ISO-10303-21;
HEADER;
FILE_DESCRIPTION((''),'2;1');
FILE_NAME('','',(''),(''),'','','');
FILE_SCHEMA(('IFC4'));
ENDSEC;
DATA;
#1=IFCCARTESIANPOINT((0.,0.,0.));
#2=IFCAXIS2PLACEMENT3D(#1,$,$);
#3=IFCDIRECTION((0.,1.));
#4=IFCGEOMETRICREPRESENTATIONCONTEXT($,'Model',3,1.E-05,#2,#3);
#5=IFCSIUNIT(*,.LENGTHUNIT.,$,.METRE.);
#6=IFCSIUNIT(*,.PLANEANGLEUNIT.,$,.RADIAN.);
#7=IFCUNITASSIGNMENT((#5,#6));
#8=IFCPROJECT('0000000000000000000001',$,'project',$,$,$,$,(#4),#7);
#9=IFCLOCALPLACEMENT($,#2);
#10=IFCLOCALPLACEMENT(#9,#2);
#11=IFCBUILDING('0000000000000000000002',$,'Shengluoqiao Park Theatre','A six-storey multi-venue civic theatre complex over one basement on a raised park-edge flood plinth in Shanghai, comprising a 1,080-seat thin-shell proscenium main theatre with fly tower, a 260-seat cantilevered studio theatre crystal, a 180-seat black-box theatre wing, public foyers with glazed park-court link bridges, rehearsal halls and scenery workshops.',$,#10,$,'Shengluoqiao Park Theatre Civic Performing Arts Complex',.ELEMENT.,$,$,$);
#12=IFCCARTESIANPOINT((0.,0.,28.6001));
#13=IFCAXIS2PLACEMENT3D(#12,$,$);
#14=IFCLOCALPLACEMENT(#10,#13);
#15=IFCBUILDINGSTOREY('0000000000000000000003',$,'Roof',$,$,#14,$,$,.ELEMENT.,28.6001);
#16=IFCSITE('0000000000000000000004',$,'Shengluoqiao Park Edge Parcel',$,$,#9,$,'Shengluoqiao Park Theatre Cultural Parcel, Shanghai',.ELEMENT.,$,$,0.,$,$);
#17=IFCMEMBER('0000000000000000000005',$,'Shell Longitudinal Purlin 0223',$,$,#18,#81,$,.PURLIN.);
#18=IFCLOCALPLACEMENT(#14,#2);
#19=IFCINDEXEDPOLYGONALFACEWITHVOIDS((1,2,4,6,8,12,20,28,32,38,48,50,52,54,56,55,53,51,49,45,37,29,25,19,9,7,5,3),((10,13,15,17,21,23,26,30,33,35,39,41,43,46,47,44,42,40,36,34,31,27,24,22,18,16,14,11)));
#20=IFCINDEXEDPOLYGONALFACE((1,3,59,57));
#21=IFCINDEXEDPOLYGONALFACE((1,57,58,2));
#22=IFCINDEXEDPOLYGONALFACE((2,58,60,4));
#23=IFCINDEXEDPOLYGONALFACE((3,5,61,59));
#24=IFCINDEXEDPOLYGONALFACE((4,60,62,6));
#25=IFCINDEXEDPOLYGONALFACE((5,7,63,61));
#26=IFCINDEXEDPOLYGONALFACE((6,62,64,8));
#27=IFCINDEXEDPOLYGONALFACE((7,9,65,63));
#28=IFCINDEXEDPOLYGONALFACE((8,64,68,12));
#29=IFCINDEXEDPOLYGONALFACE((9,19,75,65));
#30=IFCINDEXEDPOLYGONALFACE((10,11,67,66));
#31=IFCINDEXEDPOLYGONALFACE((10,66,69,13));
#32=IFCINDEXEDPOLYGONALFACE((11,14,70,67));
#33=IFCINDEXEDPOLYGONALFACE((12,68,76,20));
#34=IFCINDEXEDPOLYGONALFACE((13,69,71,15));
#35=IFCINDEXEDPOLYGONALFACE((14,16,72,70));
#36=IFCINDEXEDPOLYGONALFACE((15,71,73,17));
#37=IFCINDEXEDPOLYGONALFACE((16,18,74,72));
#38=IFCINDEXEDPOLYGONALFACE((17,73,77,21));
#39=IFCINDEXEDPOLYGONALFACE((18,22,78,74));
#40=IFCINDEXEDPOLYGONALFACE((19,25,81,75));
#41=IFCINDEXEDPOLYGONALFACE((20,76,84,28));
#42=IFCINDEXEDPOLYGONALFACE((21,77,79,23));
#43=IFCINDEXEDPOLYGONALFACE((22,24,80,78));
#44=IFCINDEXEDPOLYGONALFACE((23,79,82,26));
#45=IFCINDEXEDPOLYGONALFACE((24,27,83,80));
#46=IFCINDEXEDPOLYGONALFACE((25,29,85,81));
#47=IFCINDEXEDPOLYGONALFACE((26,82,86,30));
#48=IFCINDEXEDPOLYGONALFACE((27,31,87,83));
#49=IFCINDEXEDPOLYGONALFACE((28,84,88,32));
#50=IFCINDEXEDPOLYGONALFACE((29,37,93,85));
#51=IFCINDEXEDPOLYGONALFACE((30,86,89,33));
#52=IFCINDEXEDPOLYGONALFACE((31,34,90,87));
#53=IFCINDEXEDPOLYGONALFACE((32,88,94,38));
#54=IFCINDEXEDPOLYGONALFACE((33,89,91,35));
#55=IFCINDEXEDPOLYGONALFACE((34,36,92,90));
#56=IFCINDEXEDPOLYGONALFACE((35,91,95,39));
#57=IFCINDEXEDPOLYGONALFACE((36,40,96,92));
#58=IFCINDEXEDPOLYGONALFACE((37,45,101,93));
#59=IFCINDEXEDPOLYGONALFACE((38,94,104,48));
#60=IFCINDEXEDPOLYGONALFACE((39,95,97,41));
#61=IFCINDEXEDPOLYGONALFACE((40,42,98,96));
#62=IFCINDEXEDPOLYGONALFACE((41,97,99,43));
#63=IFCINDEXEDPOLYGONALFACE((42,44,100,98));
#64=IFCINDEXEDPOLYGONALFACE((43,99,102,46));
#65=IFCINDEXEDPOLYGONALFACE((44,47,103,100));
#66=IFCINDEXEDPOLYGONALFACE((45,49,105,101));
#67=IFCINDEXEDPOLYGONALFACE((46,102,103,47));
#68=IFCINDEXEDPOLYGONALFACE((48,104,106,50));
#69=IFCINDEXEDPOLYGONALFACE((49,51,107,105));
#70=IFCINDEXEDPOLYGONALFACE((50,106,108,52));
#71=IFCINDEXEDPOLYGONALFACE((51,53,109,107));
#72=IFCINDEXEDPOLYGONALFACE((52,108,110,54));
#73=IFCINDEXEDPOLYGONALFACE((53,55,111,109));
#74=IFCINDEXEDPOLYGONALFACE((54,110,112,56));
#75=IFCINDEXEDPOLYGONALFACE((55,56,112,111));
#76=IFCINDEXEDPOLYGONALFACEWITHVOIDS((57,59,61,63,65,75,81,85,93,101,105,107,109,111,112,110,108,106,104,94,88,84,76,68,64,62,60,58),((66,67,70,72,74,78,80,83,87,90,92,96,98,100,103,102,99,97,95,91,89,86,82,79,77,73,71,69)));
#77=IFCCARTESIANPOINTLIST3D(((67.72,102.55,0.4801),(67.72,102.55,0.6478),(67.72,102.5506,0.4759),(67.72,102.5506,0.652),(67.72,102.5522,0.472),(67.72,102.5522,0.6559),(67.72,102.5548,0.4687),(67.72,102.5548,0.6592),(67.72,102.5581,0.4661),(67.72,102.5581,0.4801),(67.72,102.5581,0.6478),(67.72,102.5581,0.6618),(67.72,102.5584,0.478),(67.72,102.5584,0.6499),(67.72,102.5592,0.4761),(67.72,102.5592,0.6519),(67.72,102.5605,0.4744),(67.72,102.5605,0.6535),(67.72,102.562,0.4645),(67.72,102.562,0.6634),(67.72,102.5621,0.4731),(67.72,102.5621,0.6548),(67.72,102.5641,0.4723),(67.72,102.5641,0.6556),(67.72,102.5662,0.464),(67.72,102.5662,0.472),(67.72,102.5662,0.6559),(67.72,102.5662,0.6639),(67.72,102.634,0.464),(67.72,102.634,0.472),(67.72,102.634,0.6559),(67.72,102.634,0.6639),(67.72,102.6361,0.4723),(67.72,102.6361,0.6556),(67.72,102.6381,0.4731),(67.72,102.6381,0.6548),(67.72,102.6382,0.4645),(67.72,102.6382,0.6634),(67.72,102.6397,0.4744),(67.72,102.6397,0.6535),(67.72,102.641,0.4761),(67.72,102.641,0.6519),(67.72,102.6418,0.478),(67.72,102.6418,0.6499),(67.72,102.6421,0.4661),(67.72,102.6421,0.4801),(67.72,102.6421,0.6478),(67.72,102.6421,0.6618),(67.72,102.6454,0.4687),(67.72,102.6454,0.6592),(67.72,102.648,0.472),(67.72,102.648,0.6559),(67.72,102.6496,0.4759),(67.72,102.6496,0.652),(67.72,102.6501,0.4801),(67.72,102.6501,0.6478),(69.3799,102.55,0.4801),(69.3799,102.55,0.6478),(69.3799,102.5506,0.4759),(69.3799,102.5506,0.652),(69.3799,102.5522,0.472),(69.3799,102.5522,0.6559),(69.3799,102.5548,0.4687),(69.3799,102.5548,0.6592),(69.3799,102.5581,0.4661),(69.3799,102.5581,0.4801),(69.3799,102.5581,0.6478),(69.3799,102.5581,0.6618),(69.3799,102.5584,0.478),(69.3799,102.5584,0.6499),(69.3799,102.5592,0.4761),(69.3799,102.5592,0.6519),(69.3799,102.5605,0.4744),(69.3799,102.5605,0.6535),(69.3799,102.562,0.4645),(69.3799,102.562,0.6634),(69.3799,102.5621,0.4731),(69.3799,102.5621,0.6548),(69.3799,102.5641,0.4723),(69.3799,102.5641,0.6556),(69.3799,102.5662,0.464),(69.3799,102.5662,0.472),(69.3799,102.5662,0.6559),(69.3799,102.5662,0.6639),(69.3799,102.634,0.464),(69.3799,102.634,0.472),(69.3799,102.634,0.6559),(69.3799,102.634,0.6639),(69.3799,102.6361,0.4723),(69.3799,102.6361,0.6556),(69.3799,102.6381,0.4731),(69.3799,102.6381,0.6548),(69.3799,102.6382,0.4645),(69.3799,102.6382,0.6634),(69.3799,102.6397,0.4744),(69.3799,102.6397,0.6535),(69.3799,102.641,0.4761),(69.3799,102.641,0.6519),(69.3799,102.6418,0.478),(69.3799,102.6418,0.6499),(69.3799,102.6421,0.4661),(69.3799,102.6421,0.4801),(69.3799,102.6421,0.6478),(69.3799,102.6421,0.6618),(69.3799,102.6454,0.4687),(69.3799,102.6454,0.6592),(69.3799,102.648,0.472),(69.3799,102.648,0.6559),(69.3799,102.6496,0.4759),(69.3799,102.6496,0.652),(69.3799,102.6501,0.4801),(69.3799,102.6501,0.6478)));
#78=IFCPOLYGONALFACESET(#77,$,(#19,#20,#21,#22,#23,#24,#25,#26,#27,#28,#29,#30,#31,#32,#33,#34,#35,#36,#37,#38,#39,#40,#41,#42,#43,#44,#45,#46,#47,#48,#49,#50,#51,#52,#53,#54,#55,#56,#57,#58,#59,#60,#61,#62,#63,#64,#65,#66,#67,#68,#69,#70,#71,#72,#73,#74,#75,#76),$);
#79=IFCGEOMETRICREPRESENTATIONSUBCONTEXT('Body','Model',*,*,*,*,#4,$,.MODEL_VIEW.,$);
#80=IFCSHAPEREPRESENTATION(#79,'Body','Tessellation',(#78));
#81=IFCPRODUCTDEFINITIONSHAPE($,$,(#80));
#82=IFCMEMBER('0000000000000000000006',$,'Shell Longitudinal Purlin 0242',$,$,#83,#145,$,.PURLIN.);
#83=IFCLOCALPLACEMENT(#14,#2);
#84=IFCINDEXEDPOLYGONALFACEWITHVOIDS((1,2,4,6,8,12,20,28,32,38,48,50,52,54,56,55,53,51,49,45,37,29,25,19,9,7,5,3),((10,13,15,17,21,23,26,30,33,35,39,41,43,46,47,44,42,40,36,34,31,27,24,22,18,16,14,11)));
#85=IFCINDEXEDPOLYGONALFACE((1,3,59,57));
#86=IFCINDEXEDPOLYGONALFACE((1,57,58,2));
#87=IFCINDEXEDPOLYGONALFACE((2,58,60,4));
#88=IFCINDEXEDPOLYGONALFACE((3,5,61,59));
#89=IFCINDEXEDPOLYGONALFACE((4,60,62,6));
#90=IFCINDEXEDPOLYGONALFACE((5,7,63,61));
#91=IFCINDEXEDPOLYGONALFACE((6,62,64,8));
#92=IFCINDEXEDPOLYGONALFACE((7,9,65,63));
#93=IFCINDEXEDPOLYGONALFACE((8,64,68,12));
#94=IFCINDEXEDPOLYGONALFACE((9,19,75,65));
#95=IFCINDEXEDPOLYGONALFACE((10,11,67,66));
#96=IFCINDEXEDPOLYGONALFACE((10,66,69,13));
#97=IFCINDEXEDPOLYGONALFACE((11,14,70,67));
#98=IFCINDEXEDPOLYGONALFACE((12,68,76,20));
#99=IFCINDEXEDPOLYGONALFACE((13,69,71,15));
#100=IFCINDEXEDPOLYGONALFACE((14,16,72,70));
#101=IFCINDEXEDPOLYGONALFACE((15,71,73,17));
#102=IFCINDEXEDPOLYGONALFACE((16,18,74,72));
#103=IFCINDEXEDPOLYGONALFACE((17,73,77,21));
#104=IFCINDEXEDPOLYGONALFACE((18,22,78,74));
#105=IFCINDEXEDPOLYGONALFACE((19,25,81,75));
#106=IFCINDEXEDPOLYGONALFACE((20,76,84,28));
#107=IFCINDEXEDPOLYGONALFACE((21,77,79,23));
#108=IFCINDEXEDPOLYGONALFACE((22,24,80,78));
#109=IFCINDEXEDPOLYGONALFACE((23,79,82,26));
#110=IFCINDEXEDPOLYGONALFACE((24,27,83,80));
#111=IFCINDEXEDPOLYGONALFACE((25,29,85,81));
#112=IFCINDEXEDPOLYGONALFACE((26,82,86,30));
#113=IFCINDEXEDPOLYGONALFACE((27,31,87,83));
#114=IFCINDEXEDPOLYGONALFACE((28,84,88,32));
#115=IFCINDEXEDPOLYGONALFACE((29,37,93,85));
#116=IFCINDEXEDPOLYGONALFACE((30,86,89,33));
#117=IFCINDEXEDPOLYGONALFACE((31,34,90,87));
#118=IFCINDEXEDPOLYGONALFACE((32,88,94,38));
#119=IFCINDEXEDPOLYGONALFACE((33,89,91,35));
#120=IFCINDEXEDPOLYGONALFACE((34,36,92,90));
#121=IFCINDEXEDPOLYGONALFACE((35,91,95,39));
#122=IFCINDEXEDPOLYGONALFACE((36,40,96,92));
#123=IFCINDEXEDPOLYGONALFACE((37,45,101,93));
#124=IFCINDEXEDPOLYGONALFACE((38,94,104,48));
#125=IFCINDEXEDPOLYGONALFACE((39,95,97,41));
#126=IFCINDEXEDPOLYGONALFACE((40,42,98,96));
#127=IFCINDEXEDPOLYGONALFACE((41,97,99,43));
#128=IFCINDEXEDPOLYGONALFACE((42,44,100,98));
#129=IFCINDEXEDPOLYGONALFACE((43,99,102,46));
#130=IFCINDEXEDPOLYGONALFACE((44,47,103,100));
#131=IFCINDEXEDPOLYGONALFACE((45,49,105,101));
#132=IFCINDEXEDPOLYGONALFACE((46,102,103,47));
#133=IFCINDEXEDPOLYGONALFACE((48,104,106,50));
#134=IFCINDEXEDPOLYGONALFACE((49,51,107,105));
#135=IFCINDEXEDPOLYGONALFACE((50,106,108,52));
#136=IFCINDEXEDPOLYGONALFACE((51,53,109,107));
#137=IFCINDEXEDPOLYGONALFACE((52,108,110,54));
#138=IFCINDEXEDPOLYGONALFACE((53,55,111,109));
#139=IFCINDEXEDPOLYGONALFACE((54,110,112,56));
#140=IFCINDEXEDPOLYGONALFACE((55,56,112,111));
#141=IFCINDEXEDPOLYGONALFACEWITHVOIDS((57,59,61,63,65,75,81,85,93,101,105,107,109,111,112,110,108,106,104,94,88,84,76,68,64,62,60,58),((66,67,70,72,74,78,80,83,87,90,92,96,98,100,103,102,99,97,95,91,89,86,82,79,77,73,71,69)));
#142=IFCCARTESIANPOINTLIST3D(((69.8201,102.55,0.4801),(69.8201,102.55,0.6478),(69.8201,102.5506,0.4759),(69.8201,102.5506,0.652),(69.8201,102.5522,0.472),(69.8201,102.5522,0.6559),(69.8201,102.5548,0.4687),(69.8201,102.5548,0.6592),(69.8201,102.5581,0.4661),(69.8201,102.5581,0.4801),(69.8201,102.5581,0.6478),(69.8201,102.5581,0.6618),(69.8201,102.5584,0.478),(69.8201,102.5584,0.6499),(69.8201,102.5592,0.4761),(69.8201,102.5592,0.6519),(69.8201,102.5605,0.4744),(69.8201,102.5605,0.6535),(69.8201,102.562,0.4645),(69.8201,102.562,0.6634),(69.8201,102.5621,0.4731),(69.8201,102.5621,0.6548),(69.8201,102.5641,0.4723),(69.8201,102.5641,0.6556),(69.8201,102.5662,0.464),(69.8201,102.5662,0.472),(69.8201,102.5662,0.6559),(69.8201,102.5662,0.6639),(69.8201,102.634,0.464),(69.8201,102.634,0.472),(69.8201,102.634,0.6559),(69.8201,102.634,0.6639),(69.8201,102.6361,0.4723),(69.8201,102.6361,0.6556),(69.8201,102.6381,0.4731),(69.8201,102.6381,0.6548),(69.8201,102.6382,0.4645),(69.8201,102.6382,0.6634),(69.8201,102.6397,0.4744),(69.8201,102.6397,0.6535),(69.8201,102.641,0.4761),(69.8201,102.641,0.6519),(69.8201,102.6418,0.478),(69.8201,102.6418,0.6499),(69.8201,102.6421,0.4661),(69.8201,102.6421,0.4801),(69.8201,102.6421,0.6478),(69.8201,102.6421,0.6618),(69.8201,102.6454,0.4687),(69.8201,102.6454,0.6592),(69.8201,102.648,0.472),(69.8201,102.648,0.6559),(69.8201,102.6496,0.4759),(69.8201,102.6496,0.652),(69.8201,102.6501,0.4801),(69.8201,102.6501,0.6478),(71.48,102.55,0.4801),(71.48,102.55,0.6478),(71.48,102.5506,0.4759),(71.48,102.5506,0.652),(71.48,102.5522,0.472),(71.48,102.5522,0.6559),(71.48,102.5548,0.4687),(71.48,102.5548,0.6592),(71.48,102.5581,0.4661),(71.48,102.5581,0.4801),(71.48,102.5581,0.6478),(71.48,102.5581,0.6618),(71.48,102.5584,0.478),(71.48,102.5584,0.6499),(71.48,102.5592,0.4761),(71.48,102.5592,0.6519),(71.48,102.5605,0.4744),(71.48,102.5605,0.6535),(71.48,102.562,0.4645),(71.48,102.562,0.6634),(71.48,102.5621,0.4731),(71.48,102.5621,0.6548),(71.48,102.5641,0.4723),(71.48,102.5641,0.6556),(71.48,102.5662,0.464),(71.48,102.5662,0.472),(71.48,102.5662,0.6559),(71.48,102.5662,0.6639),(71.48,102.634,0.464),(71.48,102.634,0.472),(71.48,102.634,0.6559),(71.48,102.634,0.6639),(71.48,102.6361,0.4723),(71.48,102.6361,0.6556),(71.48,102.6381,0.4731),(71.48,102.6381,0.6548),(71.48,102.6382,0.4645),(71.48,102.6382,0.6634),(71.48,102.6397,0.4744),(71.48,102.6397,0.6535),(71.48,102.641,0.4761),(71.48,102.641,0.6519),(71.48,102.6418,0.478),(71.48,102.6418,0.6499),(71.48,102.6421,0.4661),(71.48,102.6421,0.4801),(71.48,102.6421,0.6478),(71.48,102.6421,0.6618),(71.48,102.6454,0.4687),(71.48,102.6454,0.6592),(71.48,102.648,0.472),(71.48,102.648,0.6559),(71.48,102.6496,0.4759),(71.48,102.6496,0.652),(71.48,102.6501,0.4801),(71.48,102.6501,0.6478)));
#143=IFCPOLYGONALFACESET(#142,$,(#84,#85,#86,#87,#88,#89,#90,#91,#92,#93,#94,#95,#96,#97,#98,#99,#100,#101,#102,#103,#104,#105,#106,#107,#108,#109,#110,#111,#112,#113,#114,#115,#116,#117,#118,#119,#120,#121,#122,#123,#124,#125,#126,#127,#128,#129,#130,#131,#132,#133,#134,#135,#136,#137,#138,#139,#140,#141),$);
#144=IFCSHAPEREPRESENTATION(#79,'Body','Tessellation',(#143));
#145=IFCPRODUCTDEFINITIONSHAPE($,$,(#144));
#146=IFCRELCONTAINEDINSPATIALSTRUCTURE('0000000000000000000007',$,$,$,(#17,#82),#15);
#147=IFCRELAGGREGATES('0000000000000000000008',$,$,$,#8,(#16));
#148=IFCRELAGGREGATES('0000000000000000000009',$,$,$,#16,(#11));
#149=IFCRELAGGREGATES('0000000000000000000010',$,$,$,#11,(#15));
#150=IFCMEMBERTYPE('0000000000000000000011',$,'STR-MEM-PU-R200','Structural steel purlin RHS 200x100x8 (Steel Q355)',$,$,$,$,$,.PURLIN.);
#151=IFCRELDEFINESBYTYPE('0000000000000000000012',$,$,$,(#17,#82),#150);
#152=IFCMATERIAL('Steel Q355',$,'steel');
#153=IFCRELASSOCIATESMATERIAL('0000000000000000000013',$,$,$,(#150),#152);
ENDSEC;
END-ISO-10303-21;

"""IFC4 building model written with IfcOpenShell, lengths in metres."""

from ifc_helpers import new_model, si_unit, direction, frame, origin, origin_2d, place, context, subcontext, project, spatial, hollow_rectangle, extrude, material, material_profile, profile_set, type_object, element, save


model = new_model("IFC4")

# Units and contexts
model_context = context("Model", 3, precision=1e-05, world=origin(), true_north=direction((0.0, 1.0)))
body_context = subcontext(model_context, "Body", "Model", "MODEL_VIEW")
ifc_project = project(units=[si_unit("LENGTHUNIT", "METRE"), si_unit("PLANEANGLEUNIT", "RADIAN")], contexts=[model_context])

# Site, building, storey
site_placement = place(None, origin())
site = spatial("IfcSite", under=ifc_project, at=site_placement, Name="Shengluoqiao Park Edge Parcel", LongName="Shengluoqiao Park Theatre Cultural Parcel, Shanghai", CompositionType="ELEMENT", RefElevation=0.0)
building_placement = place(site_placement, origin())
building = spatial("IfcBuilding", under=site, at=building_placement, Name="Shengluoqiao Park Theatre", Description="A six-storey multi-venue civic theatre complex over one basement on a raised park-edge flood plinth in Shanghai, comprising a 1,080-seat thin-shell proscenium main theatre with fly tower, a 260-seat cantilevered studio theatre crystal, a 180-seat black-box theatre wing, public foyers with glazed park-court link bridges, rehearsal halls and scenery workshops.", LongName="Shengluoqiao Park Theatre Civic Performing Arts Complex", CompositionType="ELEMENT")
storey_placement = place(building_placement, frame((0.0, 0.0, 28.6001)))
storey = spatial("IfcBuildingStorey", under=building, at=storey_placement, Name="Roof", CompositionType="ELEMENT", Elevation=28.6001)

# Shared definitions
ifc_material_1 = material(Name="Steel Q355", Category="steel")

# Members
ifc_material_profile_1 = material_profile(ifc_material_1, hollow_rectangle(XDim=0.1001, YDim=0.2, WallThickness=0.0081, InnerFilletRadius=0.0081, OuterFilletRadius=0.0161, at=origin_2d()), Name="RHS 200x100x8")
ifc_profile_set_1 = profile_set([ifc_material_profile_1], Name="Steel Q355")
member_type_1 = type_object("IfcMemberType", Name="STR-MEM-PU-R200", Description="Structural steel purlin RHS 200x100x8 (Steel Q355)", PredefinedType="PURLIN", material=ifc_profile_set_1)
for number, where, z_axis, x_axis, name in (
    (1, (67.72, 102.6001, 0.564), (1.0, 0.0, 0.0), (0.0, 1.0, 0.0), "Shell Longitudinal Purlin 0223"),
    (2, (69.8201, 102.6001, 0.564), (1.0, 0.0, 0.0), (0.0, 1.0, 0.0), "Shell Longitudinal Purlin 0242"),
):
    element("IfcMember", number, at=place(storey_placement, frame(where, z_axis=z_axis, x_axis=x_axis)), inside=storey, type_object=member_type_1, Name=name, PredefinedType="PURLIN", context=body_context, shape_type="SweptSolid", body=[
        extrude(hollow_rectangle(XDim=0.1001, YDim=0.2, WallThickness=0.0081, InnerFilletRadius=0.0081, OuterFilletRadius=0.0161, at=origin_2d()), origin(), (0.0, 0.0, 1.0), 1.6599),
    ])

save(model, "model.ifc")
